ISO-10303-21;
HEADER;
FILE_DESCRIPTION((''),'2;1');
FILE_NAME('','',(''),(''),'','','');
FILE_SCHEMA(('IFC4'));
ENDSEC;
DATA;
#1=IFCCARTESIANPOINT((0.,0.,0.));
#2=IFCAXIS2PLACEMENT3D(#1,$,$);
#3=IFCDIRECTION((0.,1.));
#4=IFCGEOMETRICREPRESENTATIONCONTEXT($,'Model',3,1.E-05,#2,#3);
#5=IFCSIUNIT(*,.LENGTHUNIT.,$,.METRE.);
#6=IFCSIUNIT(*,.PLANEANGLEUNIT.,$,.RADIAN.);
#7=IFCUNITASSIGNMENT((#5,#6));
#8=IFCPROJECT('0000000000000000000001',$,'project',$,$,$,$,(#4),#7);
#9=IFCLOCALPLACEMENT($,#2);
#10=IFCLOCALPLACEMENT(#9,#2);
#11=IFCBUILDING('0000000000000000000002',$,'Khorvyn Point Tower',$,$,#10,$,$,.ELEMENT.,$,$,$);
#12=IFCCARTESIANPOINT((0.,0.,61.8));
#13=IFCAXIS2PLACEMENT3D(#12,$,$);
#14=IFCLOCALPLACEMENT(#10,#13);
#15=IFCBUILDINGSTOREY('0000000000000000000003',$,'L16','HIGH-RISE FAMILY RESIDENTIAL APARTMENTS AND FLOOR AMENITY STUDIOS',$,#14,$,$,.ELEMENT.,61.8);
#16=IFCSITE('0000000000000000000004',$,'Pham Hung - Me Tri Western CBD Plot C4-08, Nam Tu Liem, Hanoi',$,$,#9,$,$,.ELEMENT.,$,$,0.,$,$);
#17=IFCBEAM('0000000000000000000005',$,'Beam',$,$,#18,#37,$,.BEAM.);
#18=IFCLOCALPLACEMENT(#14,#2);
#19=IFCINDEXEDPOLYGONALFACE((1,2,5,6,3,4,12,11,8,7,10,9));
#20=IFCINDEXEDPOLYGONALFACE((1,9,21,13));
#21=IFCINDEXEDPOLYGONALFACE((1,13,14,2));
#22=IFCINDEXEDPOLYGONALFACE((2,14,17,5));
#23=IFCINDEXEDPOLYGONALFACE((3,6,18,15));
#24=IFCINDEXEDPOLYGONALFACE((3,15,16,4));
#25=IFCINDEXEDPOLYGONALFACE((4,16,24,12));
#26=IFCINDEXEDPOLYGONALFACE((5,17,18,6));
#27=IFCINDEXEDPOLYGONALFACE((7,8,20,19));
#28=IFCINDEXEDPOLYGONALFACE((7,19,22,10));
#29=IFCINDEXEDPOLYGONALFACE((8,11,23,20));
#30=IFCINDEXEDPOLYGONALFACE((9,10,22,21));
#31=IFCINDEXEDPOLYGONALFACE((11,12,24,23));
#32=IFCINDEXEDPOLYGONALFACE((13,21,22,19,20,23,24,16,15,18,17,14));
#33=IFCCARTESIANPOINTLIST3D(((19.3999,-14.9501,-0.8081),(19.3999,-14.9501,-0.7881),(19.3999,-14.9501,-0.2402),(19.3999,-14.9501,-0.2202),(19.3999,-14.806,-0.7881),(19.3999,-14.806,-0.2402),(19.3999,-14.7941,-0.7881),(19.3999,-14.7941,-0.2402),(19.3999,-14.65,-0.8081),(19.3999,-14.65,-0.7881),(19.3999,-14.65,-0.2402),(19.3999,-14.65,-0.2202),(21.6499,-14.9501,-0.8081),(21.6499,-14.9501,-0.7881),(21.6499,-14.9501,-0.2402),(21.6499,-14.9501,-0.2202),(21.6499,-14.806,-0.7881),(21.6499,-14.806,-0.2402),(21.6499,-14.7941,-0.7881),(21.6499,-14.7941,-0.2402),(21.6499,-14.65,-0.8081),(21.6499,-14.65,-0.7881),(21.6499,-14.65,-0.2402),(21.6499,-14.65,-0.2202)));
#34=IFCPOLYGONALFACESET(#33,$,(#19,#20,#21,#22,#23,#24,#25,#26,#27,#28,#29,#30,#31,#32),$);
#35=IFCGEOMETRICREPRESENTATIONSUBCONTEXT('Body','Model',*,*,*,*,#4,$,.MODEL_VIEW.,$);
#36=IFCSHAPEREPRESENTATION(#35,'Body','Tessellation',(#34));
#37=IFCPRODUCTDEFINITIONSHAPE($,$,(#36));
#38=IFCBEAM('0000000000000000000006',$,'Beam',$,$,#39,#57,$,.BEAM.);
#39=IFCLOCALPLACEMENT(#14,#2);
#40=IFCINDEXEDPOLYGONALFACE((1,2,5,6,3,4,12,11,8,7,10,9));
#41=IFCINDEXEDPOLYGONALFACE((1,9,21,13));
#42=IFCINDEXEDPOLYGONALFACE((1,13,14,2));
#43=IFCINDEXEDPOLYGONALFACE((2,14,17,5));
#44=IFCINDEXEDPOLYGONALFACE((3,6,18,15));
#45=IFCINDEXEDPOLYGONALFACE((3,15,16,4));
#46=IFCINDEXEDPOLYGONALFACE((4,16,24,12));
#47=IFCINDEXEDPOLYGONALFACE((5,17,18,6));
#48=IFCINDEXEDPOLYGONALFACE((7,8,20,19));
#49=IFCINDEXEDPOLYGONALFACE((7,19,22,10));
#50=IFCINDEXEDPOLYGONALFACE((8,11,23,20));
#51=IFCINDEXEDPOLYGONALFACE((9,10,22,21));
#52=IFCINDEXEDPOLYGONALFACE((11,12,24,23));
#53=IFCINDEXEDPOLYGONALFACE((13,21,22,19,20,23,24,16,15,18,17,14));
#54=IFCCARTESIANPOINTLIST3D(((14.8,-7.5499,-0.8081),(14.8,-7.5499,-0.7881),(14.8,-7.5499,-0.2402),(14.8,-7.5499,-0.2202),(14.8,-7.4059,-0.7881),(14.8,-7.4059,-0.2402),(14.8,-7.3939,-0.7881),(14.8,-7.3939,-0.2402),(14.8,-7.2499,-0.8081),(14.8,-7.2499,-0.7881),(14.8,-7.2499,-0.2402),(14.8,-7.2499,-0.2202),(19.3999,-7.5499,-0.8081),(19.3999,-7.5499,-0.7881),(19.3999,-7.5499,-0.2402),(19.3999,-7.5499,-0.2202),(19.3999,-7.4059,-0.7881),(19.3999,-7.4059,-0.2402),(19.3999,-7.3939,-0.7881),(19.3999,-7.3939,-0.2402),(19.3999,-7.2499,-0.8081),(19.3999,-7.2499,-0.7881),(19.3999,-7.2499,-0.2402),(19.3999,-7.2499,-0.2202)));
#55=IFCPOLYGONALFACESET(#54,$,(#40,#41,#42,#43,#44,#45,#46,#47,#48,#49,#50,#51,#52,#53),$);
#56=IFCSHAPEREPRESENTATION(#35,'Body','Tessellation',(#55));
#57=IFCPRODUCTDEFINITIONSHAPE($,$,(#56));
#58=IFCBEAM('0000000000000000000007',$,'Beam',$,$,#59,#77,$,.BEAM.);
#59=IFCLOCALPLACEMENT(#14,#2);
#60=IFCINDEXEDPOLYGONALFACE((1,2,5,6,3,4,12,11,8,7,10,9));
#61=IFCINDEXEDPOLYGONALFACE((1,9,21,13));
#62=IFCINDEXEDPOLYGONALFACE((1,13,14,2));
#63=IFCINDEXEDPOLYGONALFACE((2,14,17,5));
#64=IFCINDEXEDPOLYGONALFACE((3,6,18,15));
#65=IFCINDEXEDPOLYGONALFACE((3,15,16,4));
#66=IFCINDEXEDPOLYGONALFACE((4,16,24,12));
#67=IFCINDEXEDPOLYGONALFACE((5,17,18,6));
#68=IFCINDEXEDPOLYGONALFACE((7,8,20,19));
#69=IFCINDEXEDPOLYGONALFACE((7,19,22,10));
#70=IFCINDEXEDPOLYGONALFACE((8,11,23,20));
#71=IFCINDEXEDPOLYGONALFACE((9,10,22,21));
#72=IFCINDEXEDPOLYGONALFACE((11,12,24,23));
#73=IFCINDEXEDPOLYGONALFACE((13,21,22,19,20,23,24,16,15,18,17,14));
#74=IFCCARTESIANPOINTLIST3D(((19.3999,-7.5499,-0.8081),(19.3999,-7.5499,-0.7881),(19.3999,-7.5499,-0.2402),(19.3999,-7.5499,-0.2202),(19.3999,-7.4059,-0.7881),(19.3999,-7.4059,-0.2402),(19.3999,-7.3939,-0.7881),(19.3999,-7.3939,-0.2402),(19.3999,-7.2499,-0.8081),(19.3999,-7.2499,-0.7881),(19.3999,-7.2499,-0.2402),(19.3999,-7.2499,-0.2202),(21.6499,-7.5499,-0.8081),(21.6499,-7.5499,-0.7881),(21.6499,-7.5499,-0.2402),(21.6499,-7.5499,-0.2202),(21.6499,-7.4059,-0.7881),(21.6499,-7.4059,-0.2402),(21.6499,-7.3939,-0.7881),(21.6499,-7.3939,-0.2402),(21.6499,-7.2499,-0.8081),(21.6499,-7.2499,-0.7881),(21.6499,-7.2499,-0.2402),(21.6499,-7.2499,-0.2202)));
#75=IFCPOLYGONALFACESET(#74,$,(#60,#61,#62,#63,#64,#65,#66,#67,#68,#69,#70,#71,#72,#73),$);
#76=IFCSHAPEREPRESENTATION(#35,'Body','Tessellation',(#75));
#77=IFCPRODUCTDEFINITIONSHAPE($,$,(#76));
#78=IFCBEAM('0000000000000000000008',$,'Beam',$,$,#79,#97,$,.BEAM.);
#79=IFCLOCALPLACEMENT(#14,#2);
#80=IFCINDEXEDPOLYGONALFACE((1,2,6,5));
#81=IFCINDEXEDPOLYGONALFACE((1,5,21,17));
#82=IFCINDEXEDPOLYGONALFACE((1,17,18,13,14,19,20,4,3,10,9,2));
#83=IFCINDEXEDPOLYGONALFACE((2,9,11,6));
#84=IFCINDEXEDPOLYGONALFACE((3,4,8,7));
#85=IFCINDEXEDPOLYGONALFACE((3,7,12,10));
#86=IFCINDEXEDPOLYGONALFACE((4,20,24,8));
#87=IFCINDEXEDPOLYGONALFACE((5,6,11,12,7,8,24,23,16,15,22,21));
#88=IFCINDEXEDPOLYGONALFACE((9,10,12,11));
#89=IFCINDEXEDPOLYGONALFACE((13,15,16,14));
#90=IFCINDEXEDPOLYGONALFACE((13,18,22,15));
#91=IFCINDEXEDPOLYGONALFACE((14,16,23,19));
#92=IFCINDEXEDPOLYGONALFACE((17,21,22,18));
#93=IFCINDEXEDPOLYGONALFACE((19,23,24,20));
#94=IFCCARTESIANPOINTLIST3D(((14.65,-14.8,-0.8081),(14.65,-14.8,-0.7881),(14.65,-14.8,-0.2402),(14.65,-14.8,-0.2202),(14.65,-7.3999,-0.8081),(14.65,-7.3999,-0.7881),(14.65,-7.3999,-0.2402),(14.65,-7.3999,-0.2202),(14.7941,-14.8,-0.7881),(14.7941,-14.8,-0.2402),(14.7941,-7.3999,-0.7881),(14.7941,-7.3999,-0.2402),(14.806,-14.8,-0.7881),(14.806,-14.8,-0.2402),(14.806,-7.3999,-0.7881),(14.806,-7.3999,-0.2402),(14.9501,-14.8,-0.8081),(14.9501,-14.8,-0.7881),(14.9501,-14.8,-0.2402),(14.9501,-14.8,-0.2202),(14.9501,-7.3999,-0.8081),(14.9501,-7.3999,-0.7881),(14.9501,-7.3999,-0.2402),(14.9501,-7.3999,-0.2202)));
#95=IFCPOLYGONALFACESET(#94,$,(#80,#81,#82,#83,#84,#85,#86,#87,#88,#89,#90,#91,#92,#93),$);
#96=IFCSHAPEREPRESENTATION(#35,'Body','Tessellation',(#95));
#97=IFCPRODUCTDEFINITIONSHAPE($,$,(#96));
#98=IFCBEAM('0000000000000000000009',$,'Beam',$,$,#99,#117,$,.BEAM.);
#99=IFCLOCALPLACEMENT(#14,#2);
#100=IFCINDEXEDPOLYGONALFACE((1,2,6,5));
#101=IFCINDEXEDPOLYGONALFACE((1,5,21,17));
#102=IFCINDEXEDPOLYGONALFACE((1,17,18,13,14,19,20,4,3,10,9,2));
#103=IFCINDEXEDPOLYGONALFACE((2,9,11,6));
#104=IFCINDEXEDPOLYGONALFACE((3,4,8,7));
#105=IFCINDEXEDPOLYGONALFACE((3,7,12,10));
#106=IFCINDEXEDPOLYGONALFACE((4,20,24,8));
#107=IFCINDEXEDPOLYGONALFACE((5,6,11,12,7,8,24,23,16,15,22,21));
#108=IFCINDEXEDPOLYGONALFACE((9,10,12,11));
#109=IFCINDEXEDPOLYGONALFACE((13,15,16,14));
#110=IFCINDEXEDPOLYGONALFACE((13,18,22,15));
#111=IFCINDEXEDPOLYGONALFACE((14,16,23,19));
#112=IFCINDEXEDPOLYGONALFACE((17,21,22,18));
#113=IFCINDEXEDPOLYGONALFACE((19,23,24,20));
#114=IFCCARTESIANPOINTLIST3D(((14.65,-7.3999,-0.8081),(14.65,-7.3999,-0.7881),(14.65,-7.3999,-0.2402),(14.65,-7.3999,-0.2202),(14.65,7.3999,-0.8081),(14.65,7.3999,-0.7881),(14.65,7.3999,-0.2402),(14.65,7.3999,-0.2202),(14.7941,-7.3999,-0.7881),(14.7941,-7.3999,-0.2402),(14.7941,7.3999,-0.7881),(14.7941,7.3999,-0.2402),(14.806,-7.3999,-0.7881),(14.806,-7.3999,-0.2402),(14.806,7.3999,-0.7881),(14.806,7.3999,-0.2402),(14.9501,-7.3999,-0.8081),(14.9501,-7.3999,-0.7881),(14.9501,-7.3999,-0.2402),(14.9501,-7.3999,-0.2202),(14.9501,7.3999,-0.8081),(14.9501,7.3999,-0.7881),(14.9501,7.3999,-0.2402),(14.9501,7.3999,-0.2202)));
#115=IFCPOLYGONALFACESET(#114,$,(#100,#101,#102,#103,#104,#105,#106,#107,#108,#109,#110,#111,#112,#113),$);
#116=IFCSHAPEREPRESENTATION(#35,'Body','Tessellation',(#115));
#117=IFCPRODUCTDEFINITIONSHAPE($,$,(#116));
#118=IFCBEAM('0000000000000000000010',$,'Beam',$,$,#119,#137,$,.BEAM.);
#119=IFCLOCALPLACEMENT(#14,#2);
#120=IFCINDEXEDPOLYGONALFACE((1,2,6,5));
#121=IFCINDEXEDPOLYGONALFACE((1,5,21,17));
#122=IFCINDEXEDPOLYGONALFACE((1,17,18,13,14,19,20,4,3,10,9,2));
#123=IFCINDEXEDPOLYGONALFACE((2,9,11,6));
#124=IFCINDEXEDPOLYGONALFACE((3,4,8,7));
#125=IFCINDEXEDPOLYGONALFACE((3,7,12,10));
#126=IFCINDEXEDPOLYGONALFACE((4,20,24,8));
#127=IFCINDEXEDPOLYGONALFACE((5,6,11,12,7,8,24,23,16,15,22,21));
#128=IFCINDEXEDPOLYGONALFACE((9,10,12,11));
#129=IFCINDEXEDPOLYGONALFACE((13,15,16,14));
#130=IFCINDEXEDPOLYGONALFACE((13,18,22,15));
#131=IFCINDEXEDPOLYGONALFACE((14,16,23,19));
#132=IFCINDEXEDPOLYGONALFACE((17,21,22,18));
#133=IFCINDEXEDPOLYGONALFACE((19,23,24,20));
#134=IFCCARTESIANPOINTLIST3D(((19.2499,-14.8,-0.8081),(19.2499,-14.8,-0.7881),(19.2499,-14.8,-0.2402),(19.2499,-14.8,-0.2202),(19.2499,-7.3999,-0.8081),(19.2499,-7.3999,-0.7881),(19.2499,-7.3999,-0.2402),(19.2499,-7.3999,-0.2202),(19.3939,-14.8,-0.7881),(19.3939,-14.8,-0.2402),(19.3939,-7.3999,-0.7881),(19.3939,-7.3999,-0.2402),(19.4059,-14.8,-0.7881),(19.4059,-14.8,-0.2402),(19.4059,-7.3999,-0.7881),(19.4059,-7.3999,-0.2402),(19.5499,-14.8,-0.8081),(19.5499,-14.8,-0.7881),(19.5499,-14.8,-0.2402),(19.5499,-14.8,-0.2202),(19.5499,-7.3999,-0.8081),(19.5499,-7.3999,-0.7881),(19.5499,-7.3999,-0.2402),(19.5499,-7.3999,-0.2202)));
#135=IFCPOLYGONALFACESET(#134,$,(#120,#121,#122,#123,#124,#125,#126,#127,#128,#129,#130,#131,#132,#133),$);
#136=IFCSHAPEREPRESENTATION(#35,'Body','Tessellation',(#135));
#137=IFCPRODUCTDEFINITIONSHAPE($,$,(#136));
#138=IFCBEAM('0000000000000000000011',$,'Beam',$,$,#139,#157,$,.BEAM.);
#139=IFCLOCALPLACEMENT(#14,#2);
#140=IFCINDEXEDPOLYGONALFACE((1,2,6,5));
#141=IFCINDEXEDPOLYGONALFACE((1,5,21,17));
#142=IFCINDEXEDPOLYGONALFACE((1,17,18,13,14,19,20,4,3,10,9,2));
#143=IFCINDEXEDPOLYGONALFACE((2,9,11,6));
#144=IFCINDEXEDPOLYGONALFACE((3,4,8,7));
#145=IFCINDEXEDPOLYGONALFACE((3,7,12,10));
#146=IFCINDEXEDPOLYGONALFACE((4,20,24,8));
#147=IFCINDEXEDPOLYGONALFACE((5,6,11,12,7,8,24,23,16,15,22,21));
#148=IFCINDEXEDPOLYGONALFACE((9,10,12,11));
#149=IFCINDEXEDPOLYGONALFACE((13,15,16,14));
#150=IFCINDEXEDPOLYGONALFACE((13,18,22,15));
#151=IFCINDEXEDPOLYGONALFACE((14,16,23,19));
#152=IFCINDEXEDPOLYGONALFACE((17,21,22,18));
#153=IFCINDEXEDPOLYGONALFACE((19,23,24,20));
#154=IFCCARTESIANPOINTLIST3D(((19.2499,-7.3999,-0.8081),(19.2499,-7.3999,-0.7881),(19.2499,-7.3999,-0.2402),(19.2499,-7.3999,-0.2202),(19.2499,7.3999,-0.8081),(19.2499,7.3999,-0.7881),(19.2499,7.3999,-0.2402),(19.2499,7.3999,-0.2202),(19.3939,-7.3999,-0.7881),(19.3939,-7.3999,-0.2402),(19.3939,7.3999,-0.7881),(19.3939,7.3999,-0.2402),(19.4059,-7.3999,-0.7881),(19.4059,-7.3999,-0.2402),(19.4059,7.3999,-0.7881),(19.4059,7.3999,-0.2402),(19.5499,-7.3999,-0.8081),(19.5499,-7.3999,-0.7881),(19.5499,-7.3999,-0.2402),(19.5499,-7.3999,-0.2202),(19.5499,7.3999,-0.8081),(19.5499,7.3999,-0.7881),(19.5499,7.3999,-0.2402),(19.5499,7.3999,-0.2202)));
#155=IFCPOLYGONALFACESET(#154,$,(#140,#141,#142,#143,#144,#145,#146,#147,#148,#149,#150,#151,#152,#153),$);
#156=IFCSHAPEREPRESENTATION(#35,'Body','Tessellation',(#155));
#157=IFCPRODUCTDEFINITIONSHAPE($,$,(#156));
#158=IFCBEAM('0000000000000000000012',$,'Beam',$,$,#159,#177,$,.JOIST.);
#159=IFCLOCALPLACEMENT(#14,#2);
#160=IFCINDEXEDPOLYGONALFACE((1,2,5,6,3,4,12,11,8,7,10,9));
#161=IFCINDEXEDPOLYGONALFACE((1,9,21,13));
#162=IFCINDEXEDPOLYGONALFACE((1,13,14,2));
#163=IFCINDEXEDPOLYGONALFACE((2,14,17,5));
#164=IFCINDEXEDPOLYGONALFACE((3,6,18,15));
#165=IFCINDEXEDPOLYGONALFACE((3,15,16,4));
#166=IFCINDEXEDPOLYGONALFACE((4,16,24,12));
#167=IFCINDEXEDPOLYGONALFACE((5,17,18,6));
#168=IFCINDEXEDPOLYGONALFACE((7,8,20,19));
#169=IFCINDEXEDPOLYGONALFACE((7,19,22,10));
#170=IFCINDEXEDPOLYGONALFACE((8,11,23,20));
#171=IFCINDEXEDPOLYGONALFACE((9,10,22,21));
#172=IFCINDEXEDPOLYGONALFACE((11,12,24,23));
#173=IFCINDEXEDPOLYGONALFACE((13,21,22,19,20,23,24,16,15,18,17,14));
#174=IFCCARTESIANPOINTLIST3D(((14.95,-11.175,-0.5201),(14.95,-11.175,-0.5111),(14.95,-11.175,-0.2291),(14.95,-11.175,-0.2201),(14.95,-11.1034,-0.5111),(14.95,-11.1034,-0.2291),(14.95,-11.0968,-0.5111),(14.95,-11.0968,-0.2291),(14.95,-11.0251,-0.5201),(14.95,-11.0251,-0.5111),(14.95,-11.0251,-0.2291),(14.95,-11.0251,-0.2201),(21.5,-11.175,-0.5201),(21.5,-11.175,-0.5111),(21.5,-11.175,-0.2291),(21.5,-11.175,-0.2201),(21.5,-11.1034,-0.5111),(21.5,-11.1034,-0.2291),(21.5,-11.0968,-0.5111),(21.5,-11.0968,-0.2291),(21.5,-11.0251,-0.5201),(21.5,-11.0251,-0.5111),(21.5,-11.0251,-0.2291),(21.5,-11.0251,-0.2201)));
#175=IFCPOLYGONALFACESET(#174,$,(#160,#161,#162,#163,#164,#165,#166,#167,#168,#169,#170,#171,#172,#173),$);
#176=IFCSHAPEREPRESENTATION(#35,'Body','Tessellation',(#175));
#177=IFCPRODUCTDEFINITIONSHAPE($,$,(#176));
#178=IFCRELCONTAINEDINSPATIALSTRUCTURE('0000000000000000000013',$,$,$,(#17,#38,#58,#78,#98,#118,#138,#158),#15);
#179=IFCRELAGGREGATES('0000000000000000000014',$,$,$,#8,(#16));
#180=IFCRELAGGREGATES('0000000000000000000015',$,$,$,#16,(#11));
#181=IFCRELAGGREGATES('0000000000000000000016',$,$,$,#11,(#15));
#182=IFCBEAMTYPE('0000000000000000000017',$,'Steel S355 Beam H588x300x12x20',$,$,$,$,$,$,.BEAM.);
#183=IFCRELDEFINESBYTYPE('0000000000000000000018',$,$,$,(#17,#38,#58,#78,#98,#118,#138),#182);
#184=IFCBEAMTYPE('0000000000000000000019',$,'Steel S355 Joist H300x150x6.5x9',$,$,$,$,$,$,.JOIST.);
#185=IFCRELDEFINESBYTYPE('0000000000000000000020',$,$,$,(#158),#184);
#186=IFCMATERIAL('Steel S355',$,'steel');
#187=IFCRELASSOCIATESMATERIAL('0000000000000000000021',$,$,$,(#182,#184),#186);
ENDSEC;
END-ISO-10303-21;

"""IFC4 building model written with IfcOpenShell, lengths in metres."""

from ifc_helpers import new_model, si_unit, direction, frame, origin, origin_2d, place, context, subcontext, project, spatial, i_section, extrude, material, material_profile, profile_set, type_object, element, save


model = new_model("IFC4")

# Units and contexts
model_context = context("Model", 3, precision=1e-05, world=origin(), true_north=direction((0.0, 1.0)))
body_context = subcontext(model_context, "Body", "Model", "MODEL_VIEW")
ifc_project = project(units=[si_unit("LENGTHUNIT", "METRE"), si_unit("PLANEANGLEUNIT", "RADIAN")], contexts=[model_context])

# Site, building, storey
site_placement = place(None, origin())
site = spatial("IfcSite", under=ifc_project, at=site_placement, Name="Pham Hung - Me Tri Western CBD Plot C4-08, Nam Tu Liem, Hanoi", CompositionType="ELEMENT", RefElevation=0.0)
building_placement = place(site_placement, origin())
building = spatial("IfcBuilding", under=site, at=building_placement, Name="Khorvyn Point Tower", CompositionType="ELEMENT")
storey_placement = place(building_placement, frame((0.0, 0.0, 61.8)))
storey = spatial("IfcBuildingStorey", under=building, at=storey_placement, Name="L16", Description="HIGH-RISE FAMILY RESIDENTIAL APARTMENTS AND FLOOR AMENITY STUDIOS", CompositionType="ELEMENT", Elevation=61.8)

# Beams
ifc_material_1 = material(Name="Steel S355", Category="steel")
ifc_material_profile_1 = material_profile(ifc_material_1, i_section(OverallWidth=0.3, OverallDepth=0.5879, WebThickness=0.012, FlangeThickness=0.02, at=origin_2d()))
ifc_profile_set_1 = profile_set([ifc_material_profile_1], Name="Steel S355 H588x300x12x20")
beam_type_1 = type_object("IfcBeamType", Name="Steel S355 Beam H588x300x12x20", PredefinedType="BEAM", material=ifc_profile_set_1)
beam_1_placement = place(storey_placement, frame((19.3999, -14.8, -0.5142), z_axis=(1.0, 0.0, 0.0), x_axis=(0.0, 1.0, 0.0)))
element("IfcBeam", 1, at=beam_1_placement, inside=storey, type_object=beam_type_1, Name="Beam", PredefinedType="BEAM", context=body_context, shape_type="SweptSolid", body=[
    extrude(i_section(OverallWidth=0.3, OverallDepth=0.5879, WebThickness=0.012, FlangeThickness=0.02, at=origin_2d()), origin(), (0.0, 0.0, 1.0), 2.25),
])
beam_2_placement = place(storey_placement, frame((14.8, -7.3999, -0.5142), z_axis=(1.0, 0.0, 0.0), x_axis=(0.0, 1.0, 0.0)))
element("IfcBeam", 2, at=beam_2_placement, inside=storey, type_object=beam_type_1, Name="Beam", PredefinedType="BEAM", context=body_context, shape_type="SweptSolid", body=[
    extrude(i_section(OverallWidth=0.3, OverallDepth=0.5879, WebThickness=0.012, FlangeThickness=0.02, at=origin_2d()), origin(), (0.0, 0.0, 1.0), 4.5999),
])
beam_3_placement = place(storey_placement, frame((19.3999, -7.3999, -0.5142), z_axis=(1.0, 0.0, 0.0), x_axis=(0.0, 1.0, 0.0)))
element("IfcBeam", 3, at=beam_3_placement, inside=storey, type_object=beam_type_1, Name="Beam", PredefinedType="BEAM", context=body_context, shape_type="SweptSolid", body=[
    extrude(i_section(OverallWidth=0.3, OverallDepth=0.5879, WebThickness=0.012, FlangeThickness=0.02, at=origin_2d()), origin(), (0.0, 0.0, 1.0), 2.25),
])
beam_4_placement = place(storey_placement, frame((14.8, -14.8, -0.5142), z_axis=(0.0, 1.0, 0.0), x_axis=(-1.0, 0.0, 0.0)))
element("IfcBeam", 4, at=beam_4_placement, inside=storey, type_object=beam_type_1, Name="Beam", PredefinedType="BEAM", context=body_context, shape_type="SweptSolid", body=[
    extrude(i_section(OverallWidth=0.3, OverallDepth=0.5879, WebThickness=0.012, FlangeThickness=0.02, at=origin_2d()), origin(), (0.0, 0.0, 1.0), 7.4001),
])
beam_5_placement = place(storey_placement, frame((14.8, -7.3999, -0.5142), z_axis=(0.0, 1.0, 0.0), x_axis=(-1.0, 0.0, 0.0)))
element("IfcBeam", 5, at=beam_5_placement, inside=storey, type_object=beam_type_1, Name="Beam", PredefinedType="BEAM", context=body_context, shape_type="SweptSolid", body=[
    extrude(i_section(OverallWidth=0.3, OverallDepth=0.5879, WebThickness=0.012, FlangeThickness=0.02, at=origin_2d()), origin(), (0.0, 0.0, 1.0), 14.7998),
])
beam_6_placement = place(storey_placement, frame((19.3999, -14.8, -0.5142), z_axis=(0.0, 1.0, 0.0), x_axis=(-1.0, 0.0, 0.0)))
element("IfcBeam", 6, at=beam_6_placement, inside=storey, type_object=beam_type_1, Name="Beam", PredefinedType="BEAM", context=body_context, shape_type="SweptSolid", body=[
    extrude(i_section(OverallWidth=0.3, OverallDepth=0.5879, WebThickness=0.012, FlangeThickness=0.02, at=origin_2d()), origin(), (0.0, 0.0, 1.0), 7.4001),
])
beam_7_placement = place(storey_placement, frame((19.3999, -7.3999, -0.5142), z_axis=(0.0, 1.0, 0.0), x_axis=(-1.0, 0.0, 0.0)))
element("IfcBeam", 7, at=beam_7_placement, inside=storey, type_object=beam_type_1, Name="Beam", PredefinedType="BEAM", context=body_context, shape_type="SweptSolid", body=[
    extrude(i_section(OverallWidth=0.3, OverallDepth=0.5879, WebThickness=0.012, FlangeThickness=0.02, at=origin_2d()), origin(), (0.0, 0.0, 1.0), 14.7998),
])
ifc_material_profile_2 = material_profile(ifc_material_1, i_section(OverallWidth=0.1499, OverallDepth=0.3, WebThickness=0.0066, FlangeThickness=0.009, at=origin_2d()))
ifc_profile_set_2 = profile_set([ifc_material_profile_2], Name="Steel S355 H300x150x6.5x9")
beam_type_2 = type_object("IfcBeamType", Name="Steel S355 Joist H300x150x6.5x9", PredefinedType="JOIST", material=ifc_profile_set_2)
beam_8_placement = place(storey_placement, frame((14.95, -11.1001, -0.3701), z_axis=(1.0, 0.0, 0.0), x_axis=(0.0, 1.0, 0.0)))
element("IfcBeam", 8, at=beam_8_placement, inside=storey, type_object=beam_type_2, Name="Beam", PredefinedType="JOIST", context=body_context, shape_type="SweptSolid", body=[
    extrude(i_section(OverallWidth=0.1499, OverallDepth=0.3, WebThickness=0.0066, FlangeThickness=0.009, at=origin_2d()), origin(), (0.0, 0.0, 1.0), 6.55),
])

save(model, "model.ifc")
